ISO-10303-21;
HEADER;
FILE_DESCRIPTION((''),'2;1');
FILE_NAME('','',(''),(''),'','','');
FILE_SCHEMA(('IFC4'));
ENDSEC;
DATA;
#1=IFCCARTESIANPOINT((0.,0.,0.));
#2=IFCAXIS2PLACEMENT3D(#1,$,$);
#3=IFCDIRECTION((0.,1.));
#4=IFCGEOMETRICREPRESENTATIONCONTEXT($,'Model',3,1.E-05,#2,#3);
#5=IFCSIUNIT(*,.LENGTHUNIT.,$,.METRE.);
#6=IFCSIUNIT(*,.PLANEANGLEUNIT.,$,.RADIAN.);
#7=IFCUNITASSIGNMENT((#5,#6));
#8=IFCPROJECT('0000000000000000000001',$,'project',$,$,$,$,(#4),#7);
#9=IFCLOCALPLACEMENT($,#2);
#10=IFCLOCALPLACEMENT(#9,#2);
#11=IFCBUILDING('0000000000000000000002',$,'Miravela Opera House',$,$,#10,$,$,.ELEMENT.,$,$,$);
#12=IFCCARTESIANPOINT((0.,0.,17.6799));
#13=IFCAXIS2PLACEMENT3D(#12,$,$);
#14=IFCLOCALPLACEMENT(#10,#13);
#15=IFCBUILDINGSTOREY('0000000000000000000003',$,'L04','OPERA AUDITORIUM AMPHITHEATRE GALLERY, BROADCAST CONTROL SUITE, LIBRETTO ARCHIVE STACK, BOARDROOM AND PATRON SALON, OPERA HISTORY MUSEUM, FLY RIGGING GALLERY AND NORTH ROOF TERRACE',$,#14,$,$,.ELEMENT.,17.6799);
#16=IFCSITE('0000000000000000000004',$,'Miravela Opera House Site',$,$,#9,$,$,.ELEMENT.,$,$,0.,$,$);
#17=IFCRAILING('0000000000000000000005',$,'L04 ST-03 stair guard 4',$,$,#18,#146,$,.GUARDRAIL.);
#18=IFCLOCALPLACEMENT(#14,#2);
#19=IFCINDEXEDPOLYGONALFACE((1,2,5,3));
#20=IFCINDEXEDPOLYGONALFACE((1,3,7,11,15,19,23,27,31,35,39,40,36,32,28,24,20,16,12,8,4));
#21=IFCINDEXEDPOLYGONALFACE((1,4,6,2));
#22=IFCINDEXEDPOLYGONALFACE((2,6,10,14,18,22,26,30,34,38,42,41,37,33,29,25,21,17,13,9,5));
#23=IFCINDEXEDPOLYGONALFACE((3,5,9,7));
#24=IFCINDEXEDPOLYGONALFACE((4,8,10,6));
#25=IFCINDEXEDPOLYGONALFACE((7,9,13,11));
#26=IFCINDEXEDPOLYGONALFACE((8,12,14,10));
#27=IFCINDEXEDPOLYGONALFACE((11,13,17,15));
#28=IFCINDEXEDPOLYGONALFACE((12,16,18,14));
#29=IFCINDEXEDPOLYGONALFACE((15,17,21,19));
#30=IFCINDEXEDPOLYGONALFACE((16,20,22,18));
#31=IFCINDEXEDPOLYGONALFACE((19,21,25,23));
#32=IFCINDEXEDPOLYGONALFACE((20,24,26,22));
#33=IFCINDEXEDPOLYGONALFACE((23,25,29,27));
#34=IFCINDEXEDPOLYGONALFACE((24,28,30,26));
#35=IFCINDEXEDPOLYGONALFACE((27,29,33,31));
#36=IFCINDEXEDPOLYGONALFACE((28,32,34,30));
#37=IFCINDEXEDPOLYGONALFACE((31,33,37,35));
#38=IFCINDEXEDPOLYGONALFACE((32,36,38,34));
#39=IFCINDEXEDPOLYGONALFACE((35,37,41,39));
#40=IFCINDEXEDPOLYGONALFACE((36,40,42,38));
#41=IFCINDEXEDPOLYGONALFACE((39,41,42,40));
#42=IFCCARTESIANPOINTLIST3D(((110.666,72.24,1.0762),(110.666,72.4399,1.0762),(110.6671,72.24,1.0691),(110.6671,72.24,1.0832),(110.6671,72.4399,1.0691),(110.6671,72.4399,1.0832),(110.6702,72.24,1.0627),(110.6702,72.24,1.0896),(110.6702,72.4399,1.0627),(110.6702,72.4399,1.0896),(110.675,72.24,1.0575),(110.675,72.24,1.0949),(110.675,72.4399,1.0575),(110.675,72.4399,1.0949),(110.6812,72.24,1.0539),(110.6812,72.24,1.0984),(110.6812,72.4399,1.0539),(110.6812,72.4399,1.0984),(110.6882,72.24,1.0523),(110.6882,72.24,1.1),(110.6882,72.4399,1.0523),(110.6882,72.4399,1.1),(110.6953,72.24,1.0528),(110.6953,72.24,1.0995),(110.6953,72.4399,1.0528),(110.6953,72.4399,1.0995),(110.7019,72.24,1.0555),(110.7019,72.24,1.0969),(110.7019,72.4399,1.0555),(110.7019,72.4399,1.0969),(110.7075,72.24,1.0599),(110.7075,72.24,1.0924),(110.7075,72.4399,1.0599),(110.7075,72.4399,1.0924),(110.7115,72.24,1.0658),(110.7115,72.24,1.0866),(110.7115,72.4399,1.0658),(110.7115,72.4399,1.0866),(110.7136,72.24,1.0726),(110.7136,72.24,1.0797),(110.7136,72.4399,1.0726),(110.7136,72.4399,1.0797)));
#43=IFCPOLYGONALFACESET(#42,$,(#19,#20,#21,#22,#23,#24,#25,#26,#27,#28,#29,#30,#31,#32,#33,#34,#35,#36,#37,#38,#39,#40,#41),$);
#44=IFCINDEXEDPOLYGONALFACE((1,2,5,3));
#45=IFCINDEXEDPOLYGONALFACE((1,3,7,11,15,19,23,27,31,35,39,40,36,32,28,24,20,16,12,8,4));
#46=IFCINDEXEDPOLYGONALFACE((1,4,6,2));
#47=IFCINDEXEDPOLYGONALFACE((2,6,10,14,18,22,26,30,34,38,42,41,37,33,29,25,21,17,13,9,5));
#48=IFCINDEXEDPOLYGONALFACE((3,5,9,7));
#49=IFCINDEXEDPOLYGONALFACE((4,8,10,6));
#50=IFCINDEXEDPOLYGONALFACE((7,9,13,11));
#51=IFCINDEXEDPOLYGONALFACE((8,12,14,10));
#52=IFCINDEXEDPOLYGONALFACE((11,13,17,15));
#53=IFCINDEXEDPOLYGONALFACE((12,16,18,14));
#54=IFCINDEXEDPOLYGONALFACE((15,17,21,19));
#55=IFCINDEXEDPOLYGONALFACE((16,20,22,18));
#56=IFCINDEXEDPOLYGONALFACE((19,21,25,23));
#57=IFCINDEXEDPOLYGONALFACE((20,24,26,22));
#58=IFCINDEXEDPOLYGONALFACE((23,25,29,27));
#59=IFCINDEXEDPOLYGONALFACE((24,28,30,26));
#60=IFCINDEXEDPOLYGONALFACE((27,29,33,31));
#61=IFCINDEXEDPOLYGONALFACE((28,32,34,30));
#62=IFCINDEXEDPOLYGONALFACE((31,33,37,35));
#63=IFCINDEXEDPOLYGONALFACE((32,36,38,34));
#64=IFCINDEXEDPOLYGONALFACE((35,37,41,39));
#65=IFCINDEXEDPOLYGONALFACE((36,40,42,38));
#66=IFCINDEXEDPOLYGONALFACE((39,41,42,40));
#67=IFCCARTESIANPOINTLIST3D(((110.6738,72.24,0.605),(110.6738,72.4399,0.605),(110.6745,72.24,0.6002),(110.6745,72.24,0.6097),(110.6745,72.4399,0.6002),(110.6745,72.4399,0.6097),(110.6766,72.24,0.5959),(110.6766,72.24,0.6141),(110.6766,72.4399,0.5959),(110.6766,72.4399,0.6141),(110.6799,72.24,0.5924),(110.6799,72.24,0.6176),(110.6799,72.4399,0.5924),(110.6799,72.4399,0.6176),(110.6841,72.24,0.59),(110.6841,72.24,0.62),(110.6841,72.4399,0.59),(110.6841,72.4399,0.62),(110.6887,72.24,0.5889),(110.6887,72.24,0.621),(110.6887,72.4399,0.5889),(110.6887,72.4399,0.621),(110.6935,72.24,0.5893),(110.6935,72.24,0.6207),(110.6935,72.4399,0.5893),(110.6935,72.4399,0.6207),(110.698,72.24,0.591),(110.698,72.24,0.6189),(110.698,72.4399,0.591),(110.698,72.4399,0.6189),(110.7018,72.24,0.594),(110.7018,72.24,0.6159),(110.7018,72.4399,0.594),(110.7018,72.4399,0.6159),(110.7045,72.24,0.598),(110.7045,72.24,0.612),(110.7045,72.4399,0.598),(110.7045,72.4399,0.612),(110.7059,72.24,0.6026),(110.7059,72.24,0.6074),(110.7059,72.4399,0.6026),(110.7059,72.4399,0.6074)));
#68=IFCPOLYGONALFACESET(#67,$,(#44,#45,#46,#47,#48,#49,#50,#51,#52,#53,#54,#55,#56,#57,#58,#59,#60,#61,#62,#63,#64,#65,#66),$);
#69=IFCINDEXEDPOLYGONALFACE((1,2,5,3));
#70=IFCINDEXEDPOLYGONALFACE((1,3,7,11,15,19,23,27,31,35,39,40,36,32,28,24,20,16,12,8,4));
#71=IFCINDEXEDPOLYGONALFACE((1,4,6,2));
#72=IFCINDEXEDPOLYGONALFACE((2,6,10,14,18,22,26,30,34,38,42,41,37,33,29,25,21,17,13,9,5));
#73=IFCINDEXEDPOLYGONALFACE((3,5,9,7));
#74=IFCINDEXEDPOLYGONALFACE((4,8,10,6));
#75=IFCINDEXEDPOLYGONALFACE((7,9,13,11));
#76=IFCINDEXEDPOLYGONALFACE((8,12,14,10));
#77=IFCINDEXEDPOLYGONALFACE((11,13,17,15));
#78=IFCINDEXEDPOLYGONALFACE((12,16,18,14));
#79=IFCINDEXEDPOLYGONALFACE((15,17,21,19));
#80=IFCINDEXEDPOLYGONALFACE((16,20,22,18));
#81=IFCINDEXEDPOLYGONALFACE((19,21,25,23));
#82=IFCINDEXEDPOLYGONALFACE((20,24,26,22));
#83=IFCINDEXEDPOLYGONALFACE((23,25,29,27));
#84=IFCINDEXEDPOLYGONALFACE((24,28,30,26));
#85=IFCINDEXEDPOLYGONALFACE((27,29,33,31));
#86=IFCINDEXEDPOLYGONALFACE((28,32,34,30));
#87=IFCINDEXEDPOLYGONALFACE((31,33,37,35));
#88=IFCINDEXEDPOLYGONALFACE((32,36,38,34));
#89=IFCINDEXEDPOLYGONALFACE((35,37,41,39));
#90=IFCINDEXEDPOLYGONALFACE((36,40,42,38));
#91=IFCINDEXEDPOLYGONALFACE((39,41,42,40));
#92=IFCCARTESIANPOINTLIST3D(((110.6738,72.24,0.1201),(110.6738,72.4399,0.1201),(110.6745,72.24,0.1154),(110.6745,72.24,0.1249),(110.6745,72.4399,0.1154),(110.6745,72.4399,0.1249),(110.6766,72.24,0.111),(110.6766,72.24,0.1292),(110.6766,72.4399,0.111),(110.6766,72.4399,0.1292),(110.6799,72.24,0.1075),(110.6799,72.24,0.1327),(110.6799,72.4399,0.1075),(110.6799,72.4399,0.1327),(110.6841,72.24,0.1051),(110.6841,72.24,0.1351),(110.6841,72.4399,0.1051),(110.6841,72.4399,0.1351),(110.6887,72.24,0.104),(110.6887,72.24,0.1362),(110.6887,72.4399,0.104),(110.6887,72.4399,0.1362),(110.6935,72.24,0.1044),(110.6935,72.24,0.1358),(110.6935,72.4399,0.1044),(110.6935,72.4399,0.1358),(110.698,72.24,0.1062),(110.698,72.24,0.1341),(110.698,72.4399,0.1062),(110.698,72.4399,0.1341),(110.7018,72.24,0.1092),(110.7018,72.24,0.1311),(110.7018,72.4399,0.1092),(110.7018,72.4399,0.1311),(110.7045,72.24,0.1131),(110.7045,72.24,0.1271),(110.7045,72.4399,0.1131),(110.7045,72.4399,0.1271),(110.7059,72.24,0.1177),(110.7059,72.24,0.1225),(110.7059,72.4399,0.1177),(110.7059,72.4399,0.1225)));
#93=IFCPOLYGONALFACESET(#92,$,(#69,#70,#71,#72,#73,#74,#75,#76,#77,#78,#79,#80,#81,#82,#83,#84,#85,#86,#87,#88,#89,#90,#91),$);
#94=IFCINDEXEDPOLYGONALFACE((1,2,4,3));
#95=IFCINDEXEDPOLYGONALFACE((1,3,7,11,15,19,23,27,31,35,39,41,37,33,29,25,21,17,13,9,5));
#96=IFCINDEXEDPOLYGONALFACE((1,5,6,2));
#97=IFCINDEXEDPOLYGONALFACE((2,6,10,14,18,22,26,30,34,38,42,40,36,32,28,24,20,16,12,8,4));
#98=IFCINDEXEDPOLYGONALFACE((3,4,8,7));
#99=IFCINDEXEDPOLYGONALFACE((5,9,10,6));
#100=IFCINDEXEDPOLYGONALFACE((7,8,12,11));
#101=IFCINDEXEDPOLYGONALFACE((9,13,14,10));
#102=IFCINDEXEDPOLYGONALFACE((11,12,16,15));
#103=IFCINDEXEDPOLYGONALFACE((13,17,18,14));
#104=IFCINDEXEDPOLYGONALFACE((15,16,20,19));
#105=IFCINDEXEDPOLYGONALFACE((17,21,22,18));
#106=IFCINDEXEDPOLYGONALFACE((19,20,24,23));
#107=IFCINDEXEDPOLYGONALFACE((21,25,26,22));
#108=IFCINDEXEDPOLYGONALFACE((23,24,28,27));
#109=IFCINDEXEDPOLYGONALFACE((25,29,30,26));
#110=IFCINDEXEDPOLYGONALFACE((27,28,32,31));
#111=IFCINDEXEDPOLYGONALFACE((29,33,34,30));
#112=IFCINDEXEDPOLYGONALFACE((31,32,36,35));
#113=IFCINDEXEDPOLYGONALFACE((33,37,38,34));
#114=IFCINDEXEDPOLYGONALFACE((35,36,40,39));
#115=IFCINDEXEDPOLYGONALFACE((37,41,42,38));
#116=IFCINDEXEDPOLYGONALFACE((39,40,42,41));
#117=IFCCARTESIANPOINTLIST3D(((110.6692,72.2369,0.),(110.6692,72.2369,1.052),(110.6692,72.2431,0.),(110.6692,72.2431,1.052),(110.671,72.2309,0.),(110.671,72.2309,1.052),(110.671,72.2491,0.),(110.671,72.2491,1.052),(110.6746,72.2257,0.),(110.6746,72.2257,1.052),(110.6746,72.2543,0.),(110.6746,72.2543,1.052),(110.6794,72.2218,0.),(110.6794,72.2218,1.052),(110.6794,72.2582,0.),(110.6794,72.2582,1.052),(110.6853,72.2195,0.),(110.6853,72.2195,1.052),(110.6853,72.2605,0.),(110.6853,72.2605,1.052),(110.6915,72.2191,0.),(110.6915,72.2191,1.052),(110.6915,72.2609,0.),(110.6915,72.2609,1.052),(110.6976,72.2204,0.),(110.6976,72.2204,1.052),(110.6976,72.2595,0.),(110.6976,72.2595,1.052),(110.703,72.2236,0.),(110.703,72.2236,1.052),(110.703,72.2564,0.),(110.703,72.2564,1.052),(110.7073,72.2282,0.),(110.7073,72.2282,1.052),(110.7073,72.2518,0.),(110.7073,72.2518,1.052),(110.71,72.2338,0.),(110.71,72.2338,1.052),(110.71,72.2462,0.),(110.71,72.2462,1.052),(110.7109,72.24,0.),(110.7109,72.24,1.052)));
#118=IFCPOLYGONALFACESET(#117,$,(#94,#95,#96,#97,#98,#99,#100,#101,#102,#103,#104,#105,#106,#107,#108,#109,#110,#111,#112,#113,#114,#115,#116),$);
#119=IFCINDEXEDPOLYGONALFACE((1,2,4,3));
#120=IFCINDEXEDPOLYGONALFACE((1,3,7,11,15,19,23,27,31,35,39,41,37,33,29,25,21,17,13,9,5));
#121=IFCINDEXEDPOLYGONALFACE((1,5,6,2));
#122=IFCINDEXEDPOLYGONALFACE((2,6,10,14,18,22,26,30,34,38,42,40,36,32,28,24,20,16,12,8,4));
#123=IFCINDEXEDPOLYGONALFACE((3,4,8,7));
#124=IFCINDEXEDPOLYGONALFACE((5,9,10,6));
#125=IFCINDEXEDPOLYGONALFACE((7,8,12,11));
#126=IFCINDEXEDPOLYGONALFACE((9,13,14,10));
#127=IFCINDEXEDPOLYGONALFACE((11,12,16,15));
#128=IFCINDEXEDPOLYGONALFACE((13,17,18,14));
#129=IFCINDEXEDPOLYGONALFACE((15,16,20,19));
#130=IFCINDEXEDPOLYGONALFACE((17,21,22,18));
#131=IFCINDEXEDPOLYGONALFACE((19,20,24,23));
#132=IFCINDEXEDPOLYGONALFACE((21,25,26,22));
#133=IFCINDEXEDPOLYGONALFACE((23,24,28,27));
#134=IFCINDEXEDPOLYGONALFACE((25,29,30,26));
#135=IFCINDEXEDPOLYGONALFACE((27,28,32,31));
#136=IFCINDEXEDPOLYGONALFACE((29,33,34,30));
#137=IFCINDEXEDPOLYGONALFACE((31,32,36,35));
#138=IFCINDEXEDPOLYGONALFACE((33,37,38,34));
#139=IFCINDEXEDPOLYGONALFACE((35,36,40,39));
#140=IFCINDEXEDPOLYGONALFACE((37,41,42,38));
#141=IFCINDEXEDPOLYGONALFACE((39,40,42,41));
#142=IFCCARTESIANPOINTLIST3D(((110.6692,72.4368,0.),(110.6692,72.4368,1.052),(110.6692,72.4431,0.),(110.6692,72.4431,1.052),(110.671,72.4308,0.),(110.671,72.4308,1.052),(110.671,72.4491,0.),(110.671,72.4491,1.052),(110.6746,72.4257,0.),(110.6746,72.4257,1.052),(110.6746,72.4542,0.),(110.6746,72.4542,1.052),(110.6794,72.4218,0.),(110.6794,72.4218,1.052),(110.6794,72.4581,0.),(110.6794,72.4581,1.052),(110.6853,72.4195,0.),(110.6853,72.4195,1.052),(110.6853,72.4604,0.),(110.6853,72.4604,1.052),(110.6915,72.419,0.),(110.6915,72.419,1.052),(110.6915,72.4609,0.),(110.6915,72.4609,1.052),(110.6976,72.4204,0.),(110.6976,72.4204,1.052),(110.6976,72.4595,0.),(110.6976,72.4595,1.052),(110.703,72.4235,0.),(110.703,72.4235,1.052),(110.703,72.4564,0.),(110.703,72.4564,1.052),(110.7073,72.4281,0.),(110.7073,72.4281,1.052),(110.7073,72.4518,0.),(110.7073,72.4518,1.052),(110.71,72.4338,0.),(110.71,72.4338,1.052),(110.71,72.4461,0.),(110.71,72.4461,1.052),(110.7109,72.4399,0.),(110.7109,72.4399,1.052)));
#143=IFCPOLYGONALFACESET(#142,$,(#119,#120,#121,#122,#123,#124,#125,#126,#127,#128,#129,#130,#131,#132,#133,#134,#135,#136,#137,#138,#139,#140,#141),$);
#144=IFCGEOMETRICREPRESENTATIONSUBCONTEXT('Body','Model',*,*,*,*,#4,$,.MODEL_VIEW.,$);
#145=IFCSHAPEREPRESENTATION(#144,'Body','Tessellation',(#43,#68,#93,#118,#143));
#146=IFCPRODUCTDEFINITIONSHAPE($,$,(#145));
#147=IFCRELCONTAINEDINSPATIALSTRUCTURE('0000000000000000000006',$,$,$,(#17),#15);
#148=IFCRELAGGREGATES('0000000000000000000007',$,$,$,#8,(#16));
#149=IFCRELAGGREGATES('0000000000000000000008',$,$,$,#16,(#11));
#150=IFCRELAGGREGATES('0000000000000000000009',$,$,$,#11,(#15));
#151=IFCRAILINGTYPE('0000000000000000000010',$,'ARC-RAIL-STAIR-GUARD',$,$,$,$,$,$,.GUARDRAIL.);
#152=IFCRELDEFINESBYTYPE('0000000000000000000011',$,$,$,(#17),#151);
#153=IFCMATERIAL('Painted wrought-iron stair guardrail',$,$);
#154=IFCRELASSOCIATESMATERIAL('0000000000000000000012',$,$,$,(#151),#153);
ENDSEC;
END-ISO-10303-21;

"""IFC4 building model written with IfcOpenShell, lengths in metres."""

from ifc_helpers import new_model, si_unit, direction, frame, origin, origin_2d, place, context, subcontext, project, spatial, circle, extrude, material, type_object, element, save


model = new_model("IFC4")

# Units and contexts
model_context = context("Model", 3, precision=1e-05, world=origin(), true_north=direction((0.0, 1.0)))
body_context = subcontext(model_context, "Body", "Model", "MODEL_VIEW")
ifc_project = project(units=[si_unit("LENGTHUNIT", "METRE"), si_unit("PLANEANGLEUNIT", "RADIAN")], contexts=[model_context])

# Site, building, storey
site_placement = place(None, origin())
site = spatial("IfcSite", under=ifc_project, at=site_placement, Name="Miravela Opera House Site", CompositionType="ELEMENT", RefElevation=0.0)
building_placement = place(site_placement, origin())
building = spatial("IfcBuilding", under=site, at=building_placement, Name="Miravela Opera House", CompositionType="ELEMENT")
storey_placement = place(building_placement, frame((0.0, 0.0, 17.6799)))
storey = spatial("IfcBuildingStorey", under=building, at=storey_placement, Name="L04", Description="OPERA AUDITORIUM AMPHITHEATRE GALLERY, BROADCAST CONTROL SUITE, LIBRETTO ARCHIVE STACK, BOARDROOM AND PATRON SALON, OPERA HISTORY MUSEUM, FLY RIGGING GALLERY AND NORTH ROOF TERRACE", CompositionType="ELEMENT", Elevation=17.6799)

# Railing
ifc_material_1 = material(Name="Painted wrought-iron stair guardrail")
railing_type_1 = type_object("IfcRailingType", Name="ARC-RAIL-STAIR-GUARD", PredefinedType="GUARDRAIL", material=ifc_material_1)
railing_1_placement = place(storey_placement, frame((110.6899, 72.24, 0.0)))
element("IfcRailing", 1, at=railing_1_placement, inside=storey, type_object=railing_type_1, Name="L04 ST-03 stair guard 4", PredefinedType="GUARDRAIL", context=body_context, shape_type="SweptSolid", body=[
    extrude(circle(Radius=0.0239, at=origin_2d()), frame((0.0, 0.0, 1.0762), z_axis=(0.0, 1.0, 0.0), x_axis=(-1.0, 0.0, 0.0)), (0.0, 0.0, 1.0), 0.2),
    extrude(circle(Radius=0.0161, at=origin_2d()), frame((0.0, 0.0, 0.605), z_axis=(0.0, 1.0, 0.0), x_axis=(-1.0, 0.0, 0.0)), (0.0, 0.0, 1.0), 0.2),
    extrude(circle(Radius=0.0161, at=origin_2d()), frame((0.0, 0.0, 0.1201), z_axis=(0.0, 1.0, 0.0), x_axis=(-1.0, 0.0, 0.0)), (0.0, 0.0, 1.0), 0.2),
    extrude(circle(Radius=0.021, at=origin_2d()), origin(), (0.0, 0.0, 1.0), 1.052),
    extrude(circle(Radius=0.021, at=origin_2d()), frame((0.0, 0.2, 0.0)), (0.0, 0.0, 1.0), 1.052),
])

save(model, "model.ifc")
